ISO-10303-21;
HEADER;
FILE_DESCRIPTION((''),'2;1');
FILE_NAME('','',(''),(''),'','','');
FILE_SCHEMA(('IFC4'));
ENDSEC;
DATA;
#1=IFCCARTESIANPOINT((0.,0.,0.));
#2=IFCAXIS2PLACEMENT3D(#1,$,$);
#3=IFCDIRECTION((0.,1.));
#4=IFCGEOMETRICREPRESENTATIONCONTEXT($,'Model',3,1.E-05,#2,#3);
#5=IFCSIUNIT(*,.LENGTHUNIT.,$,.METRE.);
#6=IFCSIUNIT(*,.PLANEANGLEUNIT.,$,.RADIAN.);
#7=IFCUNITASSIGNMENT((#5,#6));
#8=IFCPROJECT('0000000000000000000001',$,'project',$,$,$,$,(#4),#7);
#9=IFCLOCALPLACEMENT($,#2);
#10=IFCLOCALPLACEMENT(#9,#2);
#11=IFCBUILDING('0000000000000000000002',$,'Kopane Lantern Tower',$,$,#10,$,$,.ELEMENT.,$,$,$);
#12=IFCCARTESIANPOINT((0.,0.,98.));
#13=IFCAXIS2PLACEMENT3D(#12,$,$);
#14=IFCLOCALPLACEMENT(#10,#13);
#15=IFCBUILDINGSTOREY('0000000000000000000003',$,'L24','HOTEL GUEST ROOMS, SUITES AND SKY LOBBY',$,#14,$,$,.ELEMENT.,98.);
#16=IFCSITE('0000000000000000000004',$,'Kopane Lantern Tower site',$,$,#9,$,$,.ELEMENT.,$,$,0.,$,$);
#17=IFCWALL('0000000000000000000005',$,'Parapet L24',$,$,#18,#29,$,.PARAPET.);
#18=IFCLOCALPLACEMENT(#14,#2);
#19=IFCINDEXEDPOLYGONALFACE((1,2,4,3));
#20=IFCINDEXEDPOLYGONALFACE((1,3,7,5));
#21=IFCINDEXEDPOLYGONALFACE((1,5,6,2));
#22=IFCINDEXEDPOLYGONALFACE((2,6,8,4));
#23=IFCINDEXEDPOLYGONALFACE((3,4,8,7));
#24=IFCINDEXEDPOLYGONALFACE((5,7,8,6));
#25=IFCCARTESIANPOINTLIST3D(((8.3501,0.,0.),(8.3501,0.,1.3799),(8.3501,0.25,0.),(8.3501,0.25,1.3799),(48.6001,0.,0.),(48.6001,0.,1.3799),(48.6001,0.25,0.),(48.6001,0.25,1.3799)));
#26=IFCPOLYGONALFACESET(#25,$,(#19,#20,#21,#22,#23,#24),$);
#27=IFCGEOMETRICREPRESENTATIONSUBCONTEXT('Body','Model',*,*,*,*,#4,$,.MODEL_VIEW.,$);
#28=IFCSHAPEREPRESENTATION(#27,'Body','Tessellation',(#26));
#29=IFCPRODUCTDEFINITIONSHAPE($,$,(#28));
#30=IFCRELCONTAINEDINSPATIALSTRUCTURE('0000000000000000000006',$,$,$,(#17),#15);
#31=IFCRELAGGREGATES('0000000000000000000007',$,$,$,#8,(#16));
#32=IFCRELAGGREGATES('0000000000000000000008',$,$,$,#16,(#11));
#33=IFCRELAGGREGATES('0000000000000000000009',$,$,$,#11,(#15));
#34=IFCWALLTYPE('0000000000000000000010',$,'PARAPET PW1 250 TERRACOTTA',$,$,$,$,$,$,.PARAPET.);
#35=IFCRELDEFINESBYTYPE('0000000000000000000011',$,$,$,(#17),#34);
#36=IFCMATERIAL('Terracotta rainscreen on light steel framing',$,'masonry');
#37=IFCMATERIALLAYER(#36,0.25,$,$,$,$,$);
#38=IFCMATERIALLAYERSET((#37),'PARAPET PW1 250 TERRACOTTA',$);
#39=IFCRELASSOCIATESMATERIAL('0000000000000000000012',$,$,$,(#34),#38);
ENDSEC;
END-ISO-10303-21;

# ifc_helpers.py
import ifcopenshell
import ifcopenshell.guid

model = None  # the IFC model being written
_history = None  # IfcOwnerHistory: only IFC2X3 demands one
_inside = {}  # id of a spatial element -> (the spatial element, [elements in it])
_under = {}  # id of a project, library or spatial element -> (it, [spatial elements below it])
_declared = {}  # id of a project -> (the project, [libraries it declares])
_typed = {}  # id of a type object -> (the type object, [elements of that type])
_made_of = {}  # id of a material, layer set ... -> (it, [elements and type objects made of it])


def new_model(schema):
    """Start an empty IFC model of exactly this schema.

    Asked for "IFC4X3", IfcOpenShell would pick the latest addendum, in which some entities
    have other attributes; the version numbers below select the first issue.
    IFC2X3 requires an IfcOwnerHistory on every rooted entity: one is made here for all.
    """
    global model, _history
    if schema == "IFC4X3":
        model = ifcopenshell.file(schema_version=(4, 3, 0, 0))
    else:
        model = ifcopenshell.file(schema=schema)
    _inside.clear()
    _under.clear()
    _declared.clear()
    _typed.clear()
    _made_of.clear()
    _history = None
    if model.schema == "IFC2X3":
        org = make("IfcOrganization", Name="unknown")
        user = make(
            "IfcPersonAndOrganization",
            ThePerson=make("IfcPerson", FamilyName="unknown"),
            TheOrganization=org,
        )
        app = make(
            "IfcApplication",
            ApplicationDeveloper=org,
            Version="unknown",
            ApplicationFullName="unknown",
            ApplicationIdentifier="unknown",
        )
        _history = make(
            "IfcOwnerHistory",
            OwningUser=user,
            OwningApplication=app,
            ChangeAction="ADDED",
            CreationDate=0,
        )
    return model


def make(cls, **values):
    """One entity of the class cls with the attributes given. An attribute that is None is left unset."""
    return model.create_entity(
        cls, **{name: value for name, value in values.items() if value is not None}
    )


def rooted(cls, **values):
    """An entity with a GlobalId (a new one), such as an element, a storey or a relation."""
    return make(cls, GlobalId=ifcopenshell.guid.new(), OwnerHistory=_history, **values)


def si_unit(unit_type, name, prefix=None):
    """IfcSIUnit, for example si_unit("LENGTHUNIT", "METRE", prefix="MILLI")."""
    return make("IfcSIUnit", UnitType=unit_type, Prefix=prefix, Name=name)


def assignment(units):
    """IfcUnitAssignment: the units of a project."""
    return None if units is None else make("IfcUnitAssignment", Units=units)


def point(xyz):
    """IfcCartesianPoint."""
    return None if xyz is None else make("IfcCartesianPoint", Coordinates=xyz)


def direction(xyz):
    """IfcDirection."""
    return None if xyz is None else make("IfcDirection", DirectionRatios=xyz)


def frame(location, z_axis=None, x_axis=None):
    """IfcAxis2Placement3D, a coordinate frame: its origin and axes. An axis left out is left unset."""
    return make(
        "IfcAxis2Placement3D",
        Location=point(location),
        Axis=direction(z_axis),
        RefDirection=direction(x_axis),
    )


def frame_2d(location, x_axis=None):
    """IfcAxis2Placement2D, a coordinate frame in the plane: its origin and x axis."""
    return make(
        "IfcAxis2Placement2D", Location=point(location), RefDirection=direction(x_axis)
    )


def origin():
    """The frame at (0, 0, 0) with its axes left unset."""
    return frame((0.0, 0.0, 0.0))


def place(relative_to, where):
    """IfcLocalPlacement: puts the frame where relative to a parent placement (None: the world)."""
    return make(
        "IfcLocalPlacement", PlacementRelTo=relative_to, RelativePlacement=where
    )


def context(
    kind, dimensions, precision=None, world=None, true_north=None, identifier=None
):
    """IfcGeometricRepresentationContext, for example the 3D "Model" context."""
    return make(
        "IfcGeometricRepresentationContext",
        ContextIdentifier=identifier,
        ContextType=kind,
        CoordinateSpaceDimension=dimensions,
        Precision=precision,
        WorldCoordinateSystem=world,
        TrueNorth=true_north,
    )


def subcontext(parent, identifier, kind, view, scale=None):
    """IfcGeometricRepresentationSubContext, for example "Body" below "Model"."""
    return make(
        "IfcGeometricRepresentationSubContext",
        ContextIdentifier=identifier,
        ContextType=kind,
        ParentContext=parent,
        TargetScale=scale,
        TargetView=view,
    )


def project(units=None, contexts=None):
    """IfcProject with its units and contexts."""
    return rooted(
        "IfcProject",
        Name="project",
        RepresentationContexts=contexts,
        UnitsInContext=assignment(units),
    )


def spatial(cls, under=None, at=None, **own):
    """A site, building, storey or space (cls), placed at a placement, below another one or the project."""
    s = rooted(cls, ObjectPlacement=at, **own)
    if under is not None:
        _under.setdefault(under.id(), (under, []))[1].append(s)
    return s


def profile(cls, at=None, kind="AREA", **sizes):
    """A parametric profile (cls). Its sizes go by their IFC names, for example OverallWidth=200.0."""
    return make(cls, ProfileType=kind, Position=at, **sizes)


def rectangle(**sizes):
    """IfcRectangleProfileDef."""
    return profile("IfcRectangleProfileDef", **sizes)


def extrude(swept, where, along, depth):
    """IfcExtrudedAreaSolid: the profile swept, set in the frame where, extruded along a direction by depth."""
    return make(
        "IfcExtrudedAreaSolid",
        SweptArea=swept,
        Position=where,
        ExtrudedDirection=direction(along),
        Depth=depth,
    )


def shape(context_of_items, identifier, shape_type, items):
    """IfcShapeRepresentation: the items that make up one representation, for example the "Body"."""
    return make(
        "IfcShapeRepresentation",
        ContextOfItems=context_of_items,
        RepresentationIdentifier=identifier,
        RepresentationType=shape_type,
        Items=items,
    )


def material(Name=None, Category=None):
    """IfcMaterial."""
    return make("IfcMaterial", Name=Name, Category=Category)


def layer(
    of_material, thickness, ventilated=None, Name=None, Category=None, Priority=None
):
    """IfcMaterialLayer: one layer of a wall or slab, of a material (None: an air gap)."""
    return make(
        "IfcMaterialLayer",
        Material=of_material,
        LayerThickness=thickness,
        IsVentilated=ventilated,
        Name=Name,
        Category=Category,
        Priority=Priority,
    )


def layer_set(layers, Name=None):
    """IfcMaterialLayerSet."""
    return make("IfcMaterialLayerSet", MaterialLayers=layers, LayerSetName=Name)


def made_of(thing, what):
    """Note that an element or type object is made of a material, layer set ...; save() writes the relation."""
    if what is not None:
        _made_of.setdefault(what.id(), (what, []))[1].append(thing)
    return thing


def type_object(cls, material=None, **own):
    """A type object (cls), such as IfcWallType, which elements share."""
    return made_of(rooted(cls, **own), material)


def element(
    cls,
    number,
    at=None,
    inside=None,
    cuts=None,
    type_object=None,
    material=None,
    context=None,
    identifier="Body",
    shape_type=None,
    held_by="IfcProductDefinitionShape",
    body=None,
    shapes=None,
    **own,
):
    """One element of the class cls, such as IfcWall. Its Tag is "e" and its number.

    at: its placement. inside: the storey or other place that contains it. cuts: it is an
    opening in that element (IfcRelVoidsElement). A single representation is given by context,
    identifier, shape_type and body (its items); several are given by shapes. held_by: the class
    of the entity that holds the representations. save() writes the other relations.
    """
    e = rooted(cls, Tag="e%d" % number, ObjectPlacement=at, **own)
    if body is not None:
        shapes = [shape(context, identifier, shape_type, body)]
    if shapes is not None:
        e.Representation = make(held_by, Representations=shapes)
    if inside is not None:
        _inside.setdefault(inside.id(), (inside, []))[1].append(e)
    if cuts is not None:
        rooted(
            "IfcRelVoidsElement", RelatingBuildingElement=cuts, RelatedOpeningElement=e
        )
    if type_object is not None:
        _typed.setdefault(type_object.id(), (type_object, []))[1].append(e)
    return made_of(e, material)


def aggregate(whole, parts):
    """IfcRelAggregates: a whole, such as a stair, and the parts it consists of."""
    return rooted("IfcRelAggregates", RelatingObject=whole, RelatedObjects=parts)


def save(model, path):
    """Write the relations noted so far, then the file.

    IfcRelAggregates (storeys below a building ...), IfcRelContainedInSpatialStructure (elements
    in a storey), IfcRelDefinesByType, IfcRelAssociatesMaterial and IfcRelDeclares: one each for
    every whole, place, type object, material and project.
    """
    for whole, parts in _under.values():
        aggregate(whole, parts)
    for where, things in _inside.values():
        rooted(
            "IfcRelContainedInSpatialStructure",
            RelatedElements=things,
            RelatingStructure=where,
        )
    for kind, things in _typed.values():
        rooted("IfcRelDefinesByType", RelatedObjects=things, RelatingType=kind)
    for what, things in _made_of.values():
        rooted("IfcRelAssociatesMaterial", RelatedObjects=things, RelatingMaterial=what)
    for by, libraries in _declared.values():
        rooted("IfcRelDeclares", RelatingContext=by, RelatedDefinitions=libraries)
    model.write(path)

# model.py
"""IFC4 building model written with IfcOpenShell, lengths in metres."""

from ifc_helpers import new_model, si_unit, direction, frame, frame_2d, origin, place, context, subcontext, project, spatial, rectangle, extrude, material, layer, layer_set, type_object, element, save


model = new_model("IFC4")

# Units and contexts
model_context = context("Model", 3, precision=1e-05, world=origin(), true_north=direction((0.0, 1.0)))
body_context = subcontext(model_context, "Body", "Model", "MODEL_VIEW")
ifc_project = project(units=[si_unit("LENGTHUNIT", "METRE"), si_unit("PLANEANGLEUNIT", "RADIAN")], contexts=[model_context])

# Site, building, storey
site_placement = place(None, origin())
site = spatial("IfcSite", under=ifc_project, at=site_placement, Name="Kopane Lantern Tower site", CompositionType="ELEMENT", RefElevation=0.0)
building_placement = place(site_placement, origin())
building = spatial("IfcBuilding", under=site, at=building_placement, Name="Kopane Lantern Tower", CompositionType="ELEMENT")
storey_placement = place(building_placement, frame((0.0, 0.0, 98.0)))
storey = spatial("IfcBuildingStorey", under=building, at=storey_placement, Name="L24", Description="HOTEL GUEST ROOMS, SUITES AND SKY LOBBY", CompositionType="ELEMENT", Elevation=98.0)

# Wall
ifc_material_1 = material(Name="Terracotta rainscreen on light steel framing", Category="masonry")
ifc_layer_1 = layer(ifc_material_1, 0.25)
ifc_layer_set_1 = layer_set([ifc_layer_1], Name="PARAPET PW1 250 TERRACOTTA")
wall_type = type_object("IfcWallType", Name="PARAPET PW1 250 TERRACOTTA", PredefinedType="PARAPET", material=ifc_layer_set_1)
wall_placement = place(storey_placement, frame((8.3501, 0.125, 0.0), z_axis=(0.0, 0.0, 1.0), x_axis=(1.0, 0.0, 0.0)))
element("IfcWall", 1, at=wall_placement, inside=storey, type_object=wall_type, Name="Parapet L24", PredefinedType="PARAPET", context=body_context, shape_type="SweptSolid", body=[
    extrude(rectangle(XDim=40.25, YDim=0.25, at=frame_2d((20.125, 0.0))), origin(), (0.0, 0.0, 1.0), 1.3799),
])

save(model, "model.ifc")
